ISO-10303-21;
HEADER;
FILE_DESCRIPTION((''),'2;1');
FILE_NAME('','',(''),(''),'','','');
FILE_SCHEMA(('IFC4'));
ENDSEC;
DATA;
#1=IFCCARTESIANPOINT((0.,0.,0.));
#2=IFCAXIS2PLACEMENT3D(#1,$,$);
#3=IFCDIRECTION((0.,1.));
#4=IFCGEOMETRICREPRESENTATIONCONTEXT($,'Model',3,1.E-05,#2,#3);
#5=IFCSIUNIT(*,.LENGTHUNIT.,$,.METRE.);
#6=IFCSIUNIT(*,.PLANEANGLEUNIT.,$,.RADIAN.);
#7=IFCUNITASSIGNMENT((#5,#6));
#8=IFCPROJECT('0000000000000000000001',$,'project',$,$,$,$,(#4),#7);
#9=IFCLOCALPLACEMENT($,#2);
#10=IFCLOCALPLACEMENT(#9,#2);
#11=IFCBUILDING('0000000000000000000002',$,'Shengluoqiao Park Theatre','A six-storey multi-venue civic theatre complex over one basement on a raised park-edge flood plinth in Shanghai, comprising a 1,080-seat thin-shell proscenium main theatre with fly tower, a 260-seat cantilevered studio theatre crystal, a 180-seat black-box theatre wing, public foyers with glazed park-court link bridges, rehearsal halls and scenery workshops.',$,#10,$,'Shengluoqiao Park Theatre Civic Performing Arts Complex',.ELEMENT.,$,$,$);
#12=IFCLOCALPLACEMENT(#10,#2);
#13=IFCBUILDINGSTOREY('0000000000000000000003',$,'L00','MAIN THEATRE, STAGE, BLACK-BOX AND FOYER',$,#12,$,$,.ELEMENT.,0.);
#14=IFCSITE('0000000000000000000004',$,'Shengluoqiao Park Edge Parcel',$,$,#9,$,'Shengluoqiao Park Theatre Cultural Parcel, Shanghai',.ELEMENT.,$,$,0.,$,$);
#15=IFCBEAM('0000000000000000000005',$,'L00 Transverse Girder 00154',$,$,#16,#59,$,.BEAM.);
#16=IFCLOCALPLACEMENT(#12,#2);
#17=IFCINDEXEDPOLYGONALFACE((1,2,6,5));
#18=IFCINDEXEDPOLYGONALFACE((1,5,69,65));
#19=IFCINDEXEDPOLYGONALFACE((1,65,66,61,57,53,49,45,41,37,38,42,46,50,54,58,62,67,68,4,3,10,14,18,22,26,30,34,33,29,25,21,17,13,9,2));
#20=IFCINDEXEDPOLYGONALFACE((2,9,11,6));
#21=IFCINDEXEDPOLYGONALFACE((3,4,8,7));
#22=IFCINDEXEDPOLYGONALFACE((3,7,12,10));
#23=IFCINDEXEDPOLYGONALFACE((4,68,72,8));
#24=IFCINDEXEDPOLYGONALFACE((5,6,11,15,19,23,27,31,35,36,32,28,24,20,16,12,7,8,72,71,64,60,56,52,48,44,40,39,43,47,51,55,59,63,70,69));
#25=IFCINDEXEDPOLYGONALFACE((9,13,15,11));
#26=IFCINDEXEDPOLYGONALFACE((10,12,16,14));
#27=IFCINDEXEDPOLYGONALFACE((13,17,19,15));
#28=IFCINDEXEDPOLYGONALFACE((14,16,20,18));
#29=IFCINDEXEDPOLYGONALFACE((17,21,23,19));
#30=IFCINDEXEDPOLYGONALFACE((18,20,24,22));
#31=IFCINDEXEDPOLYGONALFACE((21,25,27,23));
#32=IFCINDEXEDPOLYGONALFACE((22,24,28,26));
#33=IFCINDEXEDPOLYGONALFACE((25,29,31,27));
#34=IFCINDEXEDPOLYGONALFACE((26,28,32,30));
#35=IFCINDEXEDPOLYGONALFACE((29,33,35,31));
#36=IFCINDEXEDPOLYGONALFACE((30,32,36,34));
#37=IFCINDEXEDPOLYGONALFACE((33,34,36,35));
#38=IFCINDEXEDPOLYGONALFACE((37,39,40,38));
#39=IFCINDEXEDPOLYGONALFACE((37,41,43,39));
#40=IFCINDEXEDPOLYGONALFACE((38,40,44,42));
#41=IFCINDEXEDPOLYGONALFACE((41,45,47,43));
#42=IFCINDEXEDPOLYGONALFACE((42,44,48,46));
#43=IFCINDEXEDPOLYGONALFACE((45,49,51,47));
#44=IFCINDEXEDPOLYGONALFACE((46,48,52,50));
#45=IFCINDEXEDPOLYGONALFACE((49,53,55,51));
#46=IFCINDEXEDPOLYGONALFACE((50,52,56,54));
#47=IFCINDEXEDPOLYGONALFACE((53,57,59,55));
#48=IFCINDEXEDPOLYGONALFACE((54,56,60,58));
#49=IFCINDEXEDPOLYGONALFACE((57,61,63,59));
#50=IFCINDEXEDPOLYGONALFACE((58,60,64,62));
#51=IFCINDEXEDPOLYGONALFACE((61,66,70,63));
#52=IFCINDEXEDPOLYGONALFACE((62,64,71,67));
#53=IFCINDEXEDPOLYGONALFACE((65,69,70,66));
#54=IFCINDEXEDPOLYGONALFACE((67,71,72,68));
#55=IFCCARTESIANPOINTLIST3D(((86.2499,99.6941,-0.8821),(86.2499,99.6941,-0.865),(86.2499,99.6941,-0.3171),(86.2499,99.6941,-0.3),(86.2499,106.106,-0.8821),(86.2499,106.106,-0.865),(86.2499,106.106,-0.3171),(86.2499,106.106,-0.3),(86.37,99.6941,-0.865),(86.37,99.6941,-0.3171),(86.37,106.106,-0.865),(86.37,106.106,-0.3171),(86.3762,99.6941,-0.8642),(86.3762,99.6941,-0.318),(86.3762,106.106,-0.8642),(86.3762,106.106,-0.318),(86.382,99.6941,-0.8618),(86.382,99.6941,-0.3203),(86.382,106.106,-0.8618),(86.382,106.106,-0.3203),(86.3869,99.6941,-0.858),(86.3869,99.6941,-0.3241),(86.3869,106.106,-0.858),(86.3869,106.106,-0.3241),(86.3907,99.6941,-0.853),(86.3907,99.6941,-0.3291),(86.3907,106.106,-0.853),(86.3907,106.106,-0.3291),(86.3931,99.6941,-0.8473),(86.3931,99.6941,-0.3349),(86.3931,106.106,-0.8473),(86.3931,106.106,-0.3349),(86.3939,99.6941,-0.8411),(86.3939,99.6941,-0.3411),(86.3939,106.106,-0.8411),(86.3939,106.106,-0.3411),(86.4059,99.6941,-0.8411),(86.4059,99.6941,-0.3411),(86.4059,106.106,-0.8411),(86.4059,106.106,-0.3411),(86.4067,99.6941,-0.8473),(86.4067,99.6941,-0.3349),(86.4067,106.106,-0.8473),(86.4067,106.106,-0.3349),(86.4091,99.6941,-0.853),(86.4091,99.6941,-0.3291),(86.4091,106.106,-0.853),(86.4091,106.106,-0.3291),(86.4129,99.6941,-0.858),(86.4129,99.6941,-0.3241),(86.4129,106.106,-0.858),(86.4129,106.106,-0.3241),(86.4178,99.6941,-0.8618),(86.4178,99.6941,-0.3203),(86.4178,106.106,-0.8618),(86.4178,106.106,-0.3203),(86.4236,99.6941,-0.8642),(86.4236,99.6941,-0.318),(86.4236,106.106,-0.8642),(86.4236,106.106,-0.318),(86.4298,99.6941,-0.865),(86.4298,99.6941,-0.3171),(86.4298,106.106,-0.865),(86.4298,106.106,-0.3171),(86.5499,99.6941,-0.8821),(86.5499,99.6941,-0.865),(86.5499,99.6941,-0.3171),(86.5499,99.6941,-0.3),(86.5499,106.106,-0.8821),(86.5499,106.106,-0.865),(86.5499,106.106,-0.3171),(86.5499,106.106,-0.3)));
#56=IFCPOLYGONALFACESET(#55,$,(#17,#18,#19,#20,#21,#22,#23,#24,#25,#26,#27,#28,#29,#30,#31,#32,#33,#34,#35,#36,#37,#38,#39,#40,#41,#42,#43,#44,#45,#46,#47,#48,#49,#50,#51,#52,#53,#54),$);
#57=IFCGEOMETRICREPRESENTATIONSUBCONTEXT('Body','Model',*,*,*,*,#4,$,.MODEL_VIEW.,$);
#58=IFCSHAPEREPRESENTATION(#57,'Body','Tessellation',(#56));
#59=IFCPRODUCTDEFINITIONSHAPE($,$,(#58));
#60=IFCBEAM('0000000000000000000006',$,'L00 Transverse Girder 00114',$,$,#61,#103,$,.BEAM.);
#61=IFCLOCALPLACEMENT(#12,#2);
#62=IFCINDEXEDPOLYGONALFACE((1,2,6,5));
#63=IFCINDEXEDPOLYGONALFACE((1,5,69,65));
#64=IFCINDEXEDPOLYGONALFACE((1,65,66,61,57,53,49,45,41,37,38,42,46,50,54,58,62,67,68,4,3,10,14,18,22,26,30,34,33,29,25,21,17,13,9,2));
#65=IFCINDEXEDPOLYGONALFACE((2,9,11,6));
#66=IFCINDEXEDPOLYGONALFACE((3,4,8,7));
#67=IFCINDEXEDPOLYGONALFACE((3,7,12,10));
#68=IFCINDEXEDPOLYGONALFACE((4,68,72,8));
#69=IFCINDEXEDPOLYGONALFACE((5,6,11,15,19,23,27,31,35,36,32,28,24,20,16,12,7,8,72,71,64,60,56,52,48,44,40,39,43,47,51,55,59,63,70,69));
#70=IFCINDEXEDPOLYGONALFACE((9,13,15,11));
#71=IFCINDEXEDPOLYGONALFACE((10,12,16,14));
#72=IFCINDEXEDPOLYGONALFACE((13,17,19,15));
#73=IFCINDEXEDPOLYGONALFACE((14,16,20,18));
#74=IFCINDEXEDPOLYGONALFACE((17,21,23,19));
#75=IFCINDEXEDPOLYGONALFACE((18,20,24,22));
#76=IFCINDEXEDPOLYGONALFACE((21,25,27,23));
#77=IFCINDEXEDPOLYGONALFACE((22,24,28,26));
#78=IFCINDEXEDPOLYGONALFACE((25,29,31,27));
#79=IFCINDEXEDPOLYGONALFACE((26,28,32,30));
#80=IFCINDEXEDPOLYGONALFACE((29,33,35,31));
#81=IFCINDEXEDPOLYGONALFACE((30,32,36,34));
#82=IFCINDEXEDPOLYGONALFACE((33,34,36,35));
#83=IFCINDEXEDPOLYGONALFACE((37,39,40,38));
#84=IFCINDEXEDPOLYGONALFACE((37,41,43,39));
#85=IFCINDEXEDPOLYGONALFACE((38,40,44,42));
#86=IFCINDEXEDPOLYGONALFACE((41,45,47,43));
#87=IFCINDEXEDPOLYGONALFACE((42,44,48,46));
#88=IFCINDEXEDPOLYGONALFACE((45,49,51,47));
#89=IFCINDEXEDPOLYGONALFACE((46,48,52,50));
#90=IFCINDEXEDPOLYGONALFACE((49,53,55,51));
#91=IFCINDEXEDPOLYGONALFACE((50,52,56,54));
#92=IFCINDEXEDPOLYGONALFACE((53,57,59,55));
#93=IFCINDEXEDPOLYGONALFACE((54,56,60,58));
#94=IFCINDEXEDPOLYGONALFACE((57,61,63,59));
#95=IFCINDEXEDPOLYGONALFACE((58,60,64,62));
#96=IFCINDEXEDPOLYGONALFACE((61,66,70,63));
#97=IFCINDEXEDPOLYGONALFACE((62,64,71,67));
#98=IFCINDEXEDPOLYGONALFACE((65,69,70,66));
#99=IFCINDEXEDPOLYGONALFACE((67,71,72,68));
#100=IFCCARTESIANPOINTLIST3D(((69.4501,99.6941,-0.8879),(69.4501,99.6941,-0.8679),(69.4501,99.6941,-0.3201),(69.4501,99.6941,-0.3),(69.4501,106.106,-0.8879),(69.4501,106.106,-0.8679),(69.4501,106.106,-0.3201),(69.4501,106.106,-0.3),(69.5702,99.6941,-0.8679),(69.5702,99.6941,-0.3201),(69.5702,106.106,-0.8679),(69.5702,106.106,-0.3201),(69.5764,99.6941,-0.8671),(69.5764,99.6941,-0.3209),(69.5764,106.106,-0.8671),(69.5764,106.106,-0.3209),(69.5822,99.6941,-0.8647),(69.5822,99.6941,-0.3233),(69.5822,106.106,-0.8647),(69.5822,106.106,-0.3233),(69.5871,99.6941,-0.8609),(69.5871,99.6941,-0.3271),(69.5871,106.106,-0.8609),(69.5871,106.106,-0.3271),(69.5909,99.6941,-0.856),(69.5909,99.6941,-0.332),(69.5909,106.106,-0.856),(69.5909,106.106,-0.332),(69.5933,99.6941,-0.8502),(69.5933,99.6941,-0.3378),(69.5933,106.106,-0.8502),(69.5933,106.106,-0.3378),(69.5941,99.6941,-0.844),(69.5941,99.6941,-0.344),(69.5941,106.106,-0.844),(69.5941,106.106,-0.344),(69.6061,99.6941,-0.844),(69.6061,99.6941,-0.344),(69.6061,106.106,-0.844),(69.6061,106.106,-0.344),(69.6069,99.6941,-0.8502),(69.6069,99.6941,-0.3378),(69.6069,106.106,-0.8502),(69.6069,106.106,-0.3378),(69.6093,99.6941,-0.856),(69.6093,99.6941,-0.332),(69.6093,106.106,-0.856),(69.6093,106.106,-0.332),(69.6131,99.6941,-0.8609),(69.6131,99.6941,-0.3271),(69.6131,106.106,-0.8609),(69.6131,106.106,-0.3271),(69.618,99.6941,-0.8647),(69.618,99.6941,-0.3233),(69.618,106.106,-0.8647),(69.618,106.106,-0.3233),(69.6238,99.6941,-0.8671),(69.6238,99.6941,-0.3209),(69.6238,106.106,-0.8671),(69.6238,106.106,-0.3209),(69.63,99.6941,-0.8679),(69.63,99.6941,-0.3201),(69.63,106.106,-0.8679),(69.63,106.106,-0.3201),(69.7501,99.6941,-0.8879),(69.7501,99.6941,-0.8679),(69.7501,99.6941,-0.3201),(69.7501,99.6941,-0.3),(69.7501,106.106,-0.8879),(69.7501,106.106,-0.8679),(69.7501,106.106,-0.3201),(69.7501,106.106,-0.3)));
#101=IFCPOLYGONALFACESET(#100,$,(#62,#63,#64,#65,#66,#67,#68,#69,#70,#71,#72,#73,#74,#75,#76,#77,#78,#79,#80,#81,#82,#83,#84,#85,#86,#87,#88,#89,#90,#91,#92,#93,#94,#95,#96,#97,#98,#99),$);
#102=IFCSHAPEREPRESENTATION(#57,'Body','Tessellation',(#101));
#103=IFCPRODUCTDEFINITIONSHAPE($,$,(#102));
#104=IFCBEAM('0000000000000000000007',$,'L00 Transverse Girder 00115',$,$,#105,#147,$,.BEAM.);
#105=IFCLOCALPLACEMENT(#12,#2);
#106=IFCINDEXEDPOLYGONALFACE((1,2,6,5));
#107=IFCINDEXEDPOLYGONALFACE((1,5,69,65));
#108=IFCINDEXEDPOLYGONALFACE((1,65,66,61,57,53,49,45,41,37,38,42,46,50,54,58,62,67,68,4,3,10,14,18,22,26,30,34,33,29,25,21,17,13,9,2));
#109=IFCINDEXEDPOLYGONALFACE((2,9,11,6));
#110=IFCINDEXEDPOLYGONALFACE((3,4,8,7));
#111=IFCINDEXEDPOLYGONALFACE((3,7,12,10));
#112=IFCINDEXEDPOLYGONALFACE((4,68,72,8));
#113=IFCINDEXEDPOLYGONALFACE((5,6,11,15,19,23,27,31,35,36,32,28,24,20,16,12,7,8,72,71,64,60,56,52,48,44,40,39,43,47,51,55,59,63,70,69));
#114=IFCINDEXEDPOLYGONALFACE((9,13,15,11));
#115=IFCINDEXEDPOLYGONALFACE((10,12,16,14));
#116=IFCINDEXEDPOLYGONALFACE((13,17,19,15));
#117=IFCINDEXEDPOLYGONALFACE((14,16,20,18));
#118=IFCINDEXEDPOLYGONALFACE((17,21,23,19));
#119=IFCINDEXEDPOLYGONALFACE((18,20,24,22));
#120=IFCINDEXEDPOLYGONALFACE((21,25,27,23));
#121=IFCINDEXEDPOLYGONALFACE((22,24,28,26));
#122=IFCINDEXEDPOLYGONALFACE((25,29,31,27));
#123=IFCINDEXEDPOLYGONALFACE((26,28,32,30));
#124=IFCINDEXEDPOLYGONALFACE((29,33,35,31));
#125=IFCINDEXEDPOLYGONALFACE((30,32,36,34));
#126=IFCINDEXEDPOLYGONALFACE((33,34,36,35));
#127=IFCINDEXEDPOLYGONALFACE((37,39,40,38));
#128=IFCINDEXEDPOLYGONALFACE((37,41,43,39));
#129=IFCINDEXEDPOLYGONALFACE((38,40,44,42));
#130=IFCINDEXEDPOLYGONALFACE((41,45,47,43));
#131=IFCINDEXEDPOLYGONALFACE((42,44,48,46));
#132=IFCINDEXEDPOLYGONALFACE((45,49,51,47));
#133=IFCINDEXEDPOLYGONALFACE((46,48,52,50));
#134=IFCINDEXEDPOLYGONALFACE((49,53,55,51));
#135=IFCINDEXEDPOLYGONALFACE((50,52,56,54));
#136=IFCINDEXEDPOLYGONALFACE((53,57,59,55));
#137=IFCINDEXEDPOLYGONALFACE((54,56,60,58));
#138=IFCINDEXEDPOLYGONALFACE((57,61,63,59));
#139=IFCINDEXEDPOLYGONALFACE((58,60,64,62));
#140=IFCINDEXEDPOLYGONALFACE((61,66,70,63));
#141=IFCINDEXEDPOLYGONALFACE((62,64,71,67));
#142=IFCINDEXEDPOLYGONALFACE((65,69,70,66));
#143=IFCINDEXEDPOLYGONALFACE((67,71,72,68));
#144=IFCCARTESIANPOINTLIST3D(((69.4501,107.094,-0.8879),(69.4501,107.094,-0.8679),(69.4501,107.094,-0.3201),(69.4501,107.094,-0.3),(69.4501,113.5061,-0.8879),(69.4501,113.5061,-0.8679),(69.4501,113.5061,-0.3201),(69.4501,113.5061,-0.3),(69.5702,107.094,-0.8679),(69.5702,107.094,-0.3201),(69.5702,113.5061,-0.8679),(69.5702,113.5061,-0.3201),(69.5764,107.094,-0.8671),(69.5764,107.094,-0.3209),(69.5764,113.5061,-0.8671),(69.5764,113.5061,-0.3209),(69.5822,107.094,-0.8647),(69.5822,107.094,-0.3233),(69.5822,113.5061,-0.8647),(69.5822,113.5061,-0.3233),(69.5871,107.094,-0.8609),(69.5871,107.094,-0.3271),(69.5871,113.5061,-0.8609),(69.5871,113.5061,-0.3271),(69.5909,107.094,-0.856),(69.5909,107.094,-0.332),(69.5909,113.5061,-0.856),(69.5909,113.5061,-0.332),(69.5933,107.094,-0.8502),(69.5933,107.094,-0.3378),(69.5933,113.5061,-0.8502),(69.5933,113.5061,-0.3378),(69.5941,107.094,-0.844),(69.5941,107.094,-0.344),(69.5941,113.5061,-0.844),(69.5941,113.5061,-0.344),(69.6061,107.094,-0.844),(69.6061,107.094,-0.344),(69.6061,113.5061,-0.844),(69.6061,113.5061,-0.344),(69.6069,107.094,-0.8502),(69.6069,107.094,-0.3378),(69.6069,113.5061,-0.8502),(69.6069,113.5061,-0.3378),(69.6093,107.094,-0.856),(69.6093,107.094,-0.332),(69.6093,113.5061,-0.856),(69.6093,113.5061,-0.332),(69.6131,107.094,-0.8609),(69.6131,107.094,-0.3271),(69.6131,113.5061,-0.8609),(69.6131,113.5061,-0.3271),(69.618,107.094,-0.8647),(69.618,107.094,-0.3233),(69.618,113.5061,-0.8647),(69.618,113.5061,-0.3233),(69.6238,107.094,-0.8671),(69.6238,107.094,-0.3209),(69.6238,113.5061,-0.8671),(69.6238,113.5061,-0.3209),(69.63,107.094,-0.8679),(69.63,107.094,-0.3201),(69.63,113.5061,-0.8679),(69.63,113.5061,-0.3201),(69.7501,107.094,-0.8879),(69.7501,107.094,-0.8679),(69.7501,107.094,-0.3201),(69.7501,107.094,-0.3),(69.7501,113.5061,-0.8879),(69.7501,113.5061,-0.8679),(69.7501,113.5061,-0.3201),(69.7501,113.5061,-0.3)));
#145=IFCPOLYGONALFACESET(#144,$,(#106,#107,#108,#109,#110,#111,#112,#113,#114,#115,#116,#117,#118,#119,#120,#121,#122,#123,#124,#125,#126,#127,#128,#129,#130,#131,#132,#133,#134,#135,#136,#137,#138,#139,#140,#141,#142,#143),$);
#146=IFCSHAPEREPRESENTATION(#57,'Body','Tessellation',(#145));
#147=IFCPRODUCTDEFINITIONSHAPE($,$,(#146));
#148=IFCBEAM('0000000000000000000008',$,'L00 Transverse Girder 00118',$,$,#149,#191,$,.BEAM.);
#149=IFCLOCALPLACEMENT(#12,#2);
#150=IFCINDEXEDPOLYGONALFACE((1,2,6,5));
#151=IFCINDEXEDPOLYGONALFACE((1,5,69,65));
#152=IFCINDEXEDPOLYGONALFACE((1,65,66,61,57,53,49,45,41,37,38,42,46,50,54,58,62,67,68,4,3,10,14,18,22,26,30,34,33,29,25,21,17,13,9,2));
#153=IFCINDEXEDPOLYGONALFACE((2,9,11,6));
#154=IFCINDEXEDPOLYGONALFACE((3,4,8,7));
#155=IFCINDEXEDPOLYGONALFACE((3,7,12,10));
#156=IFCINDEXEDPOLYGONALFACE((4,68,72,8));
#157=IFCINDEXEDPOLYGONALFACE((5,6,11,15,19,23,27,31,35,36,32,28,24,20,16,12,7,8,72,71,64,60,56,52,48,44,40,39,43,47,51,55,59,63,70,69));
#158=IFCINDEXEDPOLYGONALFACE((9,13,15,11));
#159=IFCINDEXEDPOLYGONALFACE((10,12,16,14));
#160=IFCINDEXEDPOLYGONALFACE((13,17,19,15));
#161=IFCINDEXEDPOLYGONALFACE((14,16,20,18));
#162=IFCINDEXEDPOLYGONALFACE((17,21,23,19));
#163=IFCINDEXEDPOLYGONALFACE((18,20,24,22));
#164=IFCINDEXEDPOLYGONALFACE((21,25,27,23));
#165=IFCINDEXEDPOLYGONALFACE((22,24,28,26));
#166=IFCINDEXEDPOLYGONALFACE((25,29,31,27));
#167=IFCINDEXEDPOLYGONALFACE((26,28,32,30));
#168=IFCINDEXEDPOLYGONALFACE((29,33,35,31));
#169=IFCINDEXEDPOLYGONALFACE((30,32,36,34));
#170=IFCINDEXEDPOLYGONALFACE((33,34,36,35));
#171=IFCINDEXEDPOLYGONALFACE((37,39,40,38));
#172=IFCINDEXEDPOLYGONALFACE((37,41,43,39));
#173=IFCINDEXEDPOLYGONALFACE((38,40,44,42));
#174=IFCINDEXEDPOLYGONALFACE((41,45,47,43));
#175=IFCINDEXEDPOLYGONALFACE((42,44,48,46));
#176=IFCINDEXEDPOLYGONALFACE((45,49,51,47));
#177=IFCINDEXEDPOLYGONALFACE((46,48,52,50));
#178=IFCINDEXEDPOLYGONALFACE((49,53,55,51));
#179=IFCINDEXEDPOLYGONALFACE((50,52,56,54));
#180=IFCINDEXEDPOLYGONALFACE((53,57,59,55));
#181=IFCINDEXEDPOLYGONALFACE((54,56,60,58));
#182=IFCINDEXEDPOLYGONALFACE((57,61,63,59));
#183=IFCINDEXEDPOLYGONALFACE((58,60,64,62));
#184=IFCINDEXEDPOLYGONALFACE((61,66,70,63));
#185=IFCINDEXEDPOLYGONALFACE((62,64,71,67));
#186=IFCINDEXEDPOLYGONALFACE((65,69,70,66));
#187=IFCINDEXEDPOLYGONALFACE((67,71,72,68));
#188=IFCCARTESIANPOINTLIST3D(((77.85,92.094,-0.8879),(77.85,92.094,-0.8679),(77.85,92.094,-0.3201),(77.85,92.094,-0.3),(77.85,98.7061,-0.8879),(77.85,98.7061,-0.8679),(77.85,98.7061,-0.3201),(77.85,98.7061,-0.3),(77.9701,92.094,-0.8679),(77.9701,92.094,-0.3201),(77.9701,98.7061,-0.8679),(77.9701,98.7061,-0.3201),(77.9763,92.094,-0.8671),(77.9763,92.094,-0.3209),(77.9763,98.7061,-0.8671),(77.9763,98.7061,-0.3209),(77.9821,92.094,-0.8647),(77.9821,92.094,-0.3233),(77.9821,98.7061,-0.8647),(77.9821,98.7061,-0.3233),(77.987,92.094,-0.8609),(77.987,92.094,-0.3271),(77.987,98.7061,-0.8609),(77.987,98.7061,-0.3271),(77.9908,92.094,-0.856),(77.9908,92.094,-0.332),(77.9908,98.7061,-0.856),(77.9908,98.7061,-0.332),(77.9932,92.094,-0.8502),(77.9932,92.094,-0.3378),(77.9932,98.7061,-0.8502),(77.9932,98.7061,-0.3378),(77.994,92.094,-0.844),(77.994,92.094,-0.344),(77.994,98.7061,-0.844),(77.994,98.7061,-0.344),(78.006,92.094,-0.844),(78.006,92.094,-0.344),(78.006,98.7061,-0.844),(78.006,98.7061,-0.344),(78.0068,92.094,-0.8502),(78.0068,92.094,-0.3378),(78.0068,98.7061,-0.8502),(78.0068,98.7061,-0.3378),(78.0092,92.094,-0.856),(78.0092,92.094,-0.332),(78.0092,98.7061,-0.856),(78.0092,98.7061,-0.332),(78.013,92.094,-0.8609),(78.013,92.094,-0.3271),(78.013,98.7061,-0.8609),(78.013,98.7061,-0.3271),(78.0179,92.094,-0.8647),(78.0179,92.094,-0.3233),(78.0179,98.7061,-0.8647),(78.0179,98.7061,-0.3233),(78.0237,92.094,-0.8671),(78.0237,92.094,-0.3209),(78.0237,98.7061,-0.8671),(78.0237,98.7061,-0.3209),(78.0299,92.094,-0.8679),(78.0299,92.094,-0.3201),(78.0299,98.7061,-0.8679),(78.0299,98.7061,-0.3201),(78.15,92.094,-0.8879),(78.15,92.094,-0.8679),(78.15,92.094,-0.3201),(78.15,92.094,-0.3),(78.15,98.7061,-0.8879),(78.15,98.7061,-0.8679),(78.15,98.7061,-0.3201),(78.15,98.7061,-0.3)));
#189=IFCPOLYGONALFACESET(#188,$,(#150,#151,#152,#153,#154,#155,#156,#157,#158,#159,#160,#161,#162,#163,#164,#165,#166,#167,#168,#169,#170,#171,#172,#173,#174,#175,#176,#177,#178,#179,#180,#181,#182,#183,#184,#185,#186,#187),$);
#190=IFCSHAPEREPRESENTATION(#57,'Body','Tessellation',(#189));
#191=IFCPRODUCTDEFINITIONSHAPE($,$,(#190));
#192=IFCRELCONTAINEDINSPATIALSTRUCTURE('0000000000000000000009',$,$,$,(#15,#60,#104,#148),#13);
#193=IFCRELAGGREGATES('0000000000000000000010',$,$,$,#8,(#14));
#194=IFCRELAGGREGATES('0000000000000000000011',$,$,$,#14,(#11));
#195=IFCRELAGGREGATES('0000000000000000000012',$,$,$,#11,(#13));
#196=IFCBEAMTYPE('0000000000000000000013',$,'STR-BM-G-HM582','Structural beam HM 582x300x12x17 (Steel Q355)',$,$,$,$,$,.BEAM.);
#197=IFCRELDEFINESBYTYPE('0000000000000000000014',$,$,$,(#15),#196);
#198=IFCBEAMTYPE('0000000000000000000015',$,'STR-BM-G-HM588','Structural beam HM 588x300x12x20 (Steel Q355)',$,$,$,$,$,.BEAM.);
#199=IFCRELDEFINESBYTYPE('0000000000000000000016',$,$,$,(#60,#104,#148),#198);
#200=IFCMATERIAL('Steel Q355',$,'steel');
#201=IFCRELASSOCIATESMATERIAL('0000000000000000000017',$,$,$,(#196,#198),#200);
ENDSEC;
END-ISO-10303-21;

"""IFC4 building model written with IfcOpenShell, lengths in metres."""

from ifc_helpers import new_model, si_unit, direction, frame, origin, origin_2d, place, context, subcontext, project, spatial, i_section, extrude, material, material_profile, profile_set, type_object, element, save


model = new_model("IFC4")

# Units and contexts
model_context = context("Model", 3, precision=1e-05, world=origin(), true_north=direction((0.0, 1.0)))
body_context = subcontext(model_context, "Body", "Model", "MODEL_VIEW")
ifc_project = project(units=[si_unit("LENGTHUNIT", "METRE"), si_unit("PLANEANGLEUNIT", "RADIAN")], contexts=[model_context])

# Site, building, storey
site_placement = place(None, origin())
site = spatial("IfcSite", under=ifc_project, at=site_placement, Name="Shengluoqiao Park Edge Parcel", LongName="Shengluoqiao Park Theatre Cultural Parcel, Shanghai", CompositionType="ELEMENT", RefElevation=0.0)
building_placement = place(site_placement, origin())
building = spatial("IfcBuilding", under=site, at=building_placement, Name="Shengluoqiao Park Theatre", Description="A six-storey multi-venue civic theatre complex over one basement on a raised park-edge flood plinth in Shanghai, comprising a 1,080-seat thin-shell proscenium main theatre with fly tower, a 260-seat cantilevered studio theatre crystal, a 180-seat black-box theatre wing, public foyers with glazed park-court link bridges, rehearsal halls and scenery workshops.", LongName="Shengluoqiao Park Theatre Civic Performing Arts Complex", CompositionType="ELEMENT")
storey_placement = place(building_placement, origin())
storey = spatial("IfcBuildingStorey", under=building, at=storey_placement, Name="L00", Description="MAIN THEATRE, STAGE, BLACK-BOX AND FOYER", CompositionType="ELEMENT", Elevation=0.0)

# Beams
ifc_material_1 = material(Name="Steel Q355", Category="steel")
ifc_material_profile_1 = material_profile(ifc_material_1, i_section(OverallWidth=0.3, OverallDepth=0.582, WebThickness=0.012, FlangeThickness=0.0171, FilletRadius=0.0239, at=origin_2d()), Name="HM 582x300x12x17")
ifc_profile_set_1 = profile_set([ifc_material_profile_1], Name="Steel Q355")
beam_type_1 = type_object("IfcBeamType", Name="STR-BM-G-HM582", Description="Structural beam HM 582x300x12x17 (Steel Q355)", PredefinedType="BEAM", material=ifc_profile_set_1)
beam_1_placement = place(storey_placement, frame((86.3999, 99.6941, -0.5911), z_axis=(0.0, 1.0, 0.0), x_axis=(-1.0, 0.0, 0.0)))
element("IfcBeam", 1, at=beam_1_placement, inside=storey, type_object=beam_type_1, Name="L00 Transverse Girder 00154", PredefinedType="BEAM", context=body_context, shape_type="SweptSolid", body=[
    extrude(i_section(OverallWidth=0.3, OverallDepth=0.582, WebThickness=0.012, FlangeThickness=0.0171, FilletRadius=0.0239, at=origin_2d()), origin(), (0.0, 0.0, 1.0), 6.4119),
])
ifc_material_profile_2 = material_profile(ifc_material_1, i_section(OverallWidth=0.3, OverallDepth=0.5879, WebThickness=0.012, FlangeThickness=0.02, FilletRadius=0.0239, at=origin_2d()), Name="HM 588x300x12x20")
ifc_profile_set_2 = profile_set([ifc_material_profile_2], Name="Steel Q355")
beam_type_2 = type_object("IfcBeamType", Name="STR-BM-G-HM588", Description="Structural beam HM 588x300x12x20 (Steel Q355)", PredefinedType="BEAM", material=ifc_profile_set_2)
beam_2_placement = place(storey_placement, frame((69.6001, 99.6941, -0.594), z_axis=(0.0, 1.0, 0.0), x_axis=(-1.0, 0.0, 0.0)))
element("IfcBeam", 2, at=beam_2_placement, inside=storey, type_object=beam_type_2, Name="L00 Transverse Girder 00114", PredefinedType="BEAM", context=body_context, shape_type="SweptSolid", body=[
    extrude(i_section(OverallWidth=0.3, OverallDepth=0.5879, WebThickness=0.012, FlangeThickness=0.02, FilletRadius=0.0239, at=origin_2d()), origin(), (0.0, 0.0, 1.0), 6.4119),
])
beam_3_placement = place(storey_placement, frame((69.6001, 107.094, -0.594), z_axis=(0.0, 1.0, 0.0), x_axis=(-1.0, 0.0, 0.0)))
element("IfcBeam", 3, at=beam_3_placement, inside=storey, type_object=beam_type_2, Name="L00 Transverse Girder 00115", PredefinedType="BEAM", context=body_context, shape_type="SweptSolid", body=[
    extrude(i_section(OverallWidth=0.3, OverallDepth=0.5879, WebThickness=0.012, FlangeThickness=0.02, FilletRadius=0.0239, at=origin_2d()), origin(), (0.0, 0.0, 1.0), 6.4121),
])
beam_4_placement = place(storey_placement, frame((78.0, 92.094, -0.594), z_axis=(0.0, 1.0, 0.0), x_axis=(-1.0, 0.0, 0.0)))
element("IfcBeam", 4, at=beam_4_placement, inside=storey, type_object=beam_type_2, Name="L00 Transverse Girder 00118", PredefinedType="BEAM", context=body_context, shape_type="SweptSolid", body=[
    extrude(i_section(OverallWidth=0.3, OverallDepth=0.5879, WebThickness=0.012, FlangeThickness=0.02, FilletRadius=0.0239, at=origin_2d()), origin(), (0.0, 0.0, 1.0), 6.6121),
])

save(model, "model.ifc")
